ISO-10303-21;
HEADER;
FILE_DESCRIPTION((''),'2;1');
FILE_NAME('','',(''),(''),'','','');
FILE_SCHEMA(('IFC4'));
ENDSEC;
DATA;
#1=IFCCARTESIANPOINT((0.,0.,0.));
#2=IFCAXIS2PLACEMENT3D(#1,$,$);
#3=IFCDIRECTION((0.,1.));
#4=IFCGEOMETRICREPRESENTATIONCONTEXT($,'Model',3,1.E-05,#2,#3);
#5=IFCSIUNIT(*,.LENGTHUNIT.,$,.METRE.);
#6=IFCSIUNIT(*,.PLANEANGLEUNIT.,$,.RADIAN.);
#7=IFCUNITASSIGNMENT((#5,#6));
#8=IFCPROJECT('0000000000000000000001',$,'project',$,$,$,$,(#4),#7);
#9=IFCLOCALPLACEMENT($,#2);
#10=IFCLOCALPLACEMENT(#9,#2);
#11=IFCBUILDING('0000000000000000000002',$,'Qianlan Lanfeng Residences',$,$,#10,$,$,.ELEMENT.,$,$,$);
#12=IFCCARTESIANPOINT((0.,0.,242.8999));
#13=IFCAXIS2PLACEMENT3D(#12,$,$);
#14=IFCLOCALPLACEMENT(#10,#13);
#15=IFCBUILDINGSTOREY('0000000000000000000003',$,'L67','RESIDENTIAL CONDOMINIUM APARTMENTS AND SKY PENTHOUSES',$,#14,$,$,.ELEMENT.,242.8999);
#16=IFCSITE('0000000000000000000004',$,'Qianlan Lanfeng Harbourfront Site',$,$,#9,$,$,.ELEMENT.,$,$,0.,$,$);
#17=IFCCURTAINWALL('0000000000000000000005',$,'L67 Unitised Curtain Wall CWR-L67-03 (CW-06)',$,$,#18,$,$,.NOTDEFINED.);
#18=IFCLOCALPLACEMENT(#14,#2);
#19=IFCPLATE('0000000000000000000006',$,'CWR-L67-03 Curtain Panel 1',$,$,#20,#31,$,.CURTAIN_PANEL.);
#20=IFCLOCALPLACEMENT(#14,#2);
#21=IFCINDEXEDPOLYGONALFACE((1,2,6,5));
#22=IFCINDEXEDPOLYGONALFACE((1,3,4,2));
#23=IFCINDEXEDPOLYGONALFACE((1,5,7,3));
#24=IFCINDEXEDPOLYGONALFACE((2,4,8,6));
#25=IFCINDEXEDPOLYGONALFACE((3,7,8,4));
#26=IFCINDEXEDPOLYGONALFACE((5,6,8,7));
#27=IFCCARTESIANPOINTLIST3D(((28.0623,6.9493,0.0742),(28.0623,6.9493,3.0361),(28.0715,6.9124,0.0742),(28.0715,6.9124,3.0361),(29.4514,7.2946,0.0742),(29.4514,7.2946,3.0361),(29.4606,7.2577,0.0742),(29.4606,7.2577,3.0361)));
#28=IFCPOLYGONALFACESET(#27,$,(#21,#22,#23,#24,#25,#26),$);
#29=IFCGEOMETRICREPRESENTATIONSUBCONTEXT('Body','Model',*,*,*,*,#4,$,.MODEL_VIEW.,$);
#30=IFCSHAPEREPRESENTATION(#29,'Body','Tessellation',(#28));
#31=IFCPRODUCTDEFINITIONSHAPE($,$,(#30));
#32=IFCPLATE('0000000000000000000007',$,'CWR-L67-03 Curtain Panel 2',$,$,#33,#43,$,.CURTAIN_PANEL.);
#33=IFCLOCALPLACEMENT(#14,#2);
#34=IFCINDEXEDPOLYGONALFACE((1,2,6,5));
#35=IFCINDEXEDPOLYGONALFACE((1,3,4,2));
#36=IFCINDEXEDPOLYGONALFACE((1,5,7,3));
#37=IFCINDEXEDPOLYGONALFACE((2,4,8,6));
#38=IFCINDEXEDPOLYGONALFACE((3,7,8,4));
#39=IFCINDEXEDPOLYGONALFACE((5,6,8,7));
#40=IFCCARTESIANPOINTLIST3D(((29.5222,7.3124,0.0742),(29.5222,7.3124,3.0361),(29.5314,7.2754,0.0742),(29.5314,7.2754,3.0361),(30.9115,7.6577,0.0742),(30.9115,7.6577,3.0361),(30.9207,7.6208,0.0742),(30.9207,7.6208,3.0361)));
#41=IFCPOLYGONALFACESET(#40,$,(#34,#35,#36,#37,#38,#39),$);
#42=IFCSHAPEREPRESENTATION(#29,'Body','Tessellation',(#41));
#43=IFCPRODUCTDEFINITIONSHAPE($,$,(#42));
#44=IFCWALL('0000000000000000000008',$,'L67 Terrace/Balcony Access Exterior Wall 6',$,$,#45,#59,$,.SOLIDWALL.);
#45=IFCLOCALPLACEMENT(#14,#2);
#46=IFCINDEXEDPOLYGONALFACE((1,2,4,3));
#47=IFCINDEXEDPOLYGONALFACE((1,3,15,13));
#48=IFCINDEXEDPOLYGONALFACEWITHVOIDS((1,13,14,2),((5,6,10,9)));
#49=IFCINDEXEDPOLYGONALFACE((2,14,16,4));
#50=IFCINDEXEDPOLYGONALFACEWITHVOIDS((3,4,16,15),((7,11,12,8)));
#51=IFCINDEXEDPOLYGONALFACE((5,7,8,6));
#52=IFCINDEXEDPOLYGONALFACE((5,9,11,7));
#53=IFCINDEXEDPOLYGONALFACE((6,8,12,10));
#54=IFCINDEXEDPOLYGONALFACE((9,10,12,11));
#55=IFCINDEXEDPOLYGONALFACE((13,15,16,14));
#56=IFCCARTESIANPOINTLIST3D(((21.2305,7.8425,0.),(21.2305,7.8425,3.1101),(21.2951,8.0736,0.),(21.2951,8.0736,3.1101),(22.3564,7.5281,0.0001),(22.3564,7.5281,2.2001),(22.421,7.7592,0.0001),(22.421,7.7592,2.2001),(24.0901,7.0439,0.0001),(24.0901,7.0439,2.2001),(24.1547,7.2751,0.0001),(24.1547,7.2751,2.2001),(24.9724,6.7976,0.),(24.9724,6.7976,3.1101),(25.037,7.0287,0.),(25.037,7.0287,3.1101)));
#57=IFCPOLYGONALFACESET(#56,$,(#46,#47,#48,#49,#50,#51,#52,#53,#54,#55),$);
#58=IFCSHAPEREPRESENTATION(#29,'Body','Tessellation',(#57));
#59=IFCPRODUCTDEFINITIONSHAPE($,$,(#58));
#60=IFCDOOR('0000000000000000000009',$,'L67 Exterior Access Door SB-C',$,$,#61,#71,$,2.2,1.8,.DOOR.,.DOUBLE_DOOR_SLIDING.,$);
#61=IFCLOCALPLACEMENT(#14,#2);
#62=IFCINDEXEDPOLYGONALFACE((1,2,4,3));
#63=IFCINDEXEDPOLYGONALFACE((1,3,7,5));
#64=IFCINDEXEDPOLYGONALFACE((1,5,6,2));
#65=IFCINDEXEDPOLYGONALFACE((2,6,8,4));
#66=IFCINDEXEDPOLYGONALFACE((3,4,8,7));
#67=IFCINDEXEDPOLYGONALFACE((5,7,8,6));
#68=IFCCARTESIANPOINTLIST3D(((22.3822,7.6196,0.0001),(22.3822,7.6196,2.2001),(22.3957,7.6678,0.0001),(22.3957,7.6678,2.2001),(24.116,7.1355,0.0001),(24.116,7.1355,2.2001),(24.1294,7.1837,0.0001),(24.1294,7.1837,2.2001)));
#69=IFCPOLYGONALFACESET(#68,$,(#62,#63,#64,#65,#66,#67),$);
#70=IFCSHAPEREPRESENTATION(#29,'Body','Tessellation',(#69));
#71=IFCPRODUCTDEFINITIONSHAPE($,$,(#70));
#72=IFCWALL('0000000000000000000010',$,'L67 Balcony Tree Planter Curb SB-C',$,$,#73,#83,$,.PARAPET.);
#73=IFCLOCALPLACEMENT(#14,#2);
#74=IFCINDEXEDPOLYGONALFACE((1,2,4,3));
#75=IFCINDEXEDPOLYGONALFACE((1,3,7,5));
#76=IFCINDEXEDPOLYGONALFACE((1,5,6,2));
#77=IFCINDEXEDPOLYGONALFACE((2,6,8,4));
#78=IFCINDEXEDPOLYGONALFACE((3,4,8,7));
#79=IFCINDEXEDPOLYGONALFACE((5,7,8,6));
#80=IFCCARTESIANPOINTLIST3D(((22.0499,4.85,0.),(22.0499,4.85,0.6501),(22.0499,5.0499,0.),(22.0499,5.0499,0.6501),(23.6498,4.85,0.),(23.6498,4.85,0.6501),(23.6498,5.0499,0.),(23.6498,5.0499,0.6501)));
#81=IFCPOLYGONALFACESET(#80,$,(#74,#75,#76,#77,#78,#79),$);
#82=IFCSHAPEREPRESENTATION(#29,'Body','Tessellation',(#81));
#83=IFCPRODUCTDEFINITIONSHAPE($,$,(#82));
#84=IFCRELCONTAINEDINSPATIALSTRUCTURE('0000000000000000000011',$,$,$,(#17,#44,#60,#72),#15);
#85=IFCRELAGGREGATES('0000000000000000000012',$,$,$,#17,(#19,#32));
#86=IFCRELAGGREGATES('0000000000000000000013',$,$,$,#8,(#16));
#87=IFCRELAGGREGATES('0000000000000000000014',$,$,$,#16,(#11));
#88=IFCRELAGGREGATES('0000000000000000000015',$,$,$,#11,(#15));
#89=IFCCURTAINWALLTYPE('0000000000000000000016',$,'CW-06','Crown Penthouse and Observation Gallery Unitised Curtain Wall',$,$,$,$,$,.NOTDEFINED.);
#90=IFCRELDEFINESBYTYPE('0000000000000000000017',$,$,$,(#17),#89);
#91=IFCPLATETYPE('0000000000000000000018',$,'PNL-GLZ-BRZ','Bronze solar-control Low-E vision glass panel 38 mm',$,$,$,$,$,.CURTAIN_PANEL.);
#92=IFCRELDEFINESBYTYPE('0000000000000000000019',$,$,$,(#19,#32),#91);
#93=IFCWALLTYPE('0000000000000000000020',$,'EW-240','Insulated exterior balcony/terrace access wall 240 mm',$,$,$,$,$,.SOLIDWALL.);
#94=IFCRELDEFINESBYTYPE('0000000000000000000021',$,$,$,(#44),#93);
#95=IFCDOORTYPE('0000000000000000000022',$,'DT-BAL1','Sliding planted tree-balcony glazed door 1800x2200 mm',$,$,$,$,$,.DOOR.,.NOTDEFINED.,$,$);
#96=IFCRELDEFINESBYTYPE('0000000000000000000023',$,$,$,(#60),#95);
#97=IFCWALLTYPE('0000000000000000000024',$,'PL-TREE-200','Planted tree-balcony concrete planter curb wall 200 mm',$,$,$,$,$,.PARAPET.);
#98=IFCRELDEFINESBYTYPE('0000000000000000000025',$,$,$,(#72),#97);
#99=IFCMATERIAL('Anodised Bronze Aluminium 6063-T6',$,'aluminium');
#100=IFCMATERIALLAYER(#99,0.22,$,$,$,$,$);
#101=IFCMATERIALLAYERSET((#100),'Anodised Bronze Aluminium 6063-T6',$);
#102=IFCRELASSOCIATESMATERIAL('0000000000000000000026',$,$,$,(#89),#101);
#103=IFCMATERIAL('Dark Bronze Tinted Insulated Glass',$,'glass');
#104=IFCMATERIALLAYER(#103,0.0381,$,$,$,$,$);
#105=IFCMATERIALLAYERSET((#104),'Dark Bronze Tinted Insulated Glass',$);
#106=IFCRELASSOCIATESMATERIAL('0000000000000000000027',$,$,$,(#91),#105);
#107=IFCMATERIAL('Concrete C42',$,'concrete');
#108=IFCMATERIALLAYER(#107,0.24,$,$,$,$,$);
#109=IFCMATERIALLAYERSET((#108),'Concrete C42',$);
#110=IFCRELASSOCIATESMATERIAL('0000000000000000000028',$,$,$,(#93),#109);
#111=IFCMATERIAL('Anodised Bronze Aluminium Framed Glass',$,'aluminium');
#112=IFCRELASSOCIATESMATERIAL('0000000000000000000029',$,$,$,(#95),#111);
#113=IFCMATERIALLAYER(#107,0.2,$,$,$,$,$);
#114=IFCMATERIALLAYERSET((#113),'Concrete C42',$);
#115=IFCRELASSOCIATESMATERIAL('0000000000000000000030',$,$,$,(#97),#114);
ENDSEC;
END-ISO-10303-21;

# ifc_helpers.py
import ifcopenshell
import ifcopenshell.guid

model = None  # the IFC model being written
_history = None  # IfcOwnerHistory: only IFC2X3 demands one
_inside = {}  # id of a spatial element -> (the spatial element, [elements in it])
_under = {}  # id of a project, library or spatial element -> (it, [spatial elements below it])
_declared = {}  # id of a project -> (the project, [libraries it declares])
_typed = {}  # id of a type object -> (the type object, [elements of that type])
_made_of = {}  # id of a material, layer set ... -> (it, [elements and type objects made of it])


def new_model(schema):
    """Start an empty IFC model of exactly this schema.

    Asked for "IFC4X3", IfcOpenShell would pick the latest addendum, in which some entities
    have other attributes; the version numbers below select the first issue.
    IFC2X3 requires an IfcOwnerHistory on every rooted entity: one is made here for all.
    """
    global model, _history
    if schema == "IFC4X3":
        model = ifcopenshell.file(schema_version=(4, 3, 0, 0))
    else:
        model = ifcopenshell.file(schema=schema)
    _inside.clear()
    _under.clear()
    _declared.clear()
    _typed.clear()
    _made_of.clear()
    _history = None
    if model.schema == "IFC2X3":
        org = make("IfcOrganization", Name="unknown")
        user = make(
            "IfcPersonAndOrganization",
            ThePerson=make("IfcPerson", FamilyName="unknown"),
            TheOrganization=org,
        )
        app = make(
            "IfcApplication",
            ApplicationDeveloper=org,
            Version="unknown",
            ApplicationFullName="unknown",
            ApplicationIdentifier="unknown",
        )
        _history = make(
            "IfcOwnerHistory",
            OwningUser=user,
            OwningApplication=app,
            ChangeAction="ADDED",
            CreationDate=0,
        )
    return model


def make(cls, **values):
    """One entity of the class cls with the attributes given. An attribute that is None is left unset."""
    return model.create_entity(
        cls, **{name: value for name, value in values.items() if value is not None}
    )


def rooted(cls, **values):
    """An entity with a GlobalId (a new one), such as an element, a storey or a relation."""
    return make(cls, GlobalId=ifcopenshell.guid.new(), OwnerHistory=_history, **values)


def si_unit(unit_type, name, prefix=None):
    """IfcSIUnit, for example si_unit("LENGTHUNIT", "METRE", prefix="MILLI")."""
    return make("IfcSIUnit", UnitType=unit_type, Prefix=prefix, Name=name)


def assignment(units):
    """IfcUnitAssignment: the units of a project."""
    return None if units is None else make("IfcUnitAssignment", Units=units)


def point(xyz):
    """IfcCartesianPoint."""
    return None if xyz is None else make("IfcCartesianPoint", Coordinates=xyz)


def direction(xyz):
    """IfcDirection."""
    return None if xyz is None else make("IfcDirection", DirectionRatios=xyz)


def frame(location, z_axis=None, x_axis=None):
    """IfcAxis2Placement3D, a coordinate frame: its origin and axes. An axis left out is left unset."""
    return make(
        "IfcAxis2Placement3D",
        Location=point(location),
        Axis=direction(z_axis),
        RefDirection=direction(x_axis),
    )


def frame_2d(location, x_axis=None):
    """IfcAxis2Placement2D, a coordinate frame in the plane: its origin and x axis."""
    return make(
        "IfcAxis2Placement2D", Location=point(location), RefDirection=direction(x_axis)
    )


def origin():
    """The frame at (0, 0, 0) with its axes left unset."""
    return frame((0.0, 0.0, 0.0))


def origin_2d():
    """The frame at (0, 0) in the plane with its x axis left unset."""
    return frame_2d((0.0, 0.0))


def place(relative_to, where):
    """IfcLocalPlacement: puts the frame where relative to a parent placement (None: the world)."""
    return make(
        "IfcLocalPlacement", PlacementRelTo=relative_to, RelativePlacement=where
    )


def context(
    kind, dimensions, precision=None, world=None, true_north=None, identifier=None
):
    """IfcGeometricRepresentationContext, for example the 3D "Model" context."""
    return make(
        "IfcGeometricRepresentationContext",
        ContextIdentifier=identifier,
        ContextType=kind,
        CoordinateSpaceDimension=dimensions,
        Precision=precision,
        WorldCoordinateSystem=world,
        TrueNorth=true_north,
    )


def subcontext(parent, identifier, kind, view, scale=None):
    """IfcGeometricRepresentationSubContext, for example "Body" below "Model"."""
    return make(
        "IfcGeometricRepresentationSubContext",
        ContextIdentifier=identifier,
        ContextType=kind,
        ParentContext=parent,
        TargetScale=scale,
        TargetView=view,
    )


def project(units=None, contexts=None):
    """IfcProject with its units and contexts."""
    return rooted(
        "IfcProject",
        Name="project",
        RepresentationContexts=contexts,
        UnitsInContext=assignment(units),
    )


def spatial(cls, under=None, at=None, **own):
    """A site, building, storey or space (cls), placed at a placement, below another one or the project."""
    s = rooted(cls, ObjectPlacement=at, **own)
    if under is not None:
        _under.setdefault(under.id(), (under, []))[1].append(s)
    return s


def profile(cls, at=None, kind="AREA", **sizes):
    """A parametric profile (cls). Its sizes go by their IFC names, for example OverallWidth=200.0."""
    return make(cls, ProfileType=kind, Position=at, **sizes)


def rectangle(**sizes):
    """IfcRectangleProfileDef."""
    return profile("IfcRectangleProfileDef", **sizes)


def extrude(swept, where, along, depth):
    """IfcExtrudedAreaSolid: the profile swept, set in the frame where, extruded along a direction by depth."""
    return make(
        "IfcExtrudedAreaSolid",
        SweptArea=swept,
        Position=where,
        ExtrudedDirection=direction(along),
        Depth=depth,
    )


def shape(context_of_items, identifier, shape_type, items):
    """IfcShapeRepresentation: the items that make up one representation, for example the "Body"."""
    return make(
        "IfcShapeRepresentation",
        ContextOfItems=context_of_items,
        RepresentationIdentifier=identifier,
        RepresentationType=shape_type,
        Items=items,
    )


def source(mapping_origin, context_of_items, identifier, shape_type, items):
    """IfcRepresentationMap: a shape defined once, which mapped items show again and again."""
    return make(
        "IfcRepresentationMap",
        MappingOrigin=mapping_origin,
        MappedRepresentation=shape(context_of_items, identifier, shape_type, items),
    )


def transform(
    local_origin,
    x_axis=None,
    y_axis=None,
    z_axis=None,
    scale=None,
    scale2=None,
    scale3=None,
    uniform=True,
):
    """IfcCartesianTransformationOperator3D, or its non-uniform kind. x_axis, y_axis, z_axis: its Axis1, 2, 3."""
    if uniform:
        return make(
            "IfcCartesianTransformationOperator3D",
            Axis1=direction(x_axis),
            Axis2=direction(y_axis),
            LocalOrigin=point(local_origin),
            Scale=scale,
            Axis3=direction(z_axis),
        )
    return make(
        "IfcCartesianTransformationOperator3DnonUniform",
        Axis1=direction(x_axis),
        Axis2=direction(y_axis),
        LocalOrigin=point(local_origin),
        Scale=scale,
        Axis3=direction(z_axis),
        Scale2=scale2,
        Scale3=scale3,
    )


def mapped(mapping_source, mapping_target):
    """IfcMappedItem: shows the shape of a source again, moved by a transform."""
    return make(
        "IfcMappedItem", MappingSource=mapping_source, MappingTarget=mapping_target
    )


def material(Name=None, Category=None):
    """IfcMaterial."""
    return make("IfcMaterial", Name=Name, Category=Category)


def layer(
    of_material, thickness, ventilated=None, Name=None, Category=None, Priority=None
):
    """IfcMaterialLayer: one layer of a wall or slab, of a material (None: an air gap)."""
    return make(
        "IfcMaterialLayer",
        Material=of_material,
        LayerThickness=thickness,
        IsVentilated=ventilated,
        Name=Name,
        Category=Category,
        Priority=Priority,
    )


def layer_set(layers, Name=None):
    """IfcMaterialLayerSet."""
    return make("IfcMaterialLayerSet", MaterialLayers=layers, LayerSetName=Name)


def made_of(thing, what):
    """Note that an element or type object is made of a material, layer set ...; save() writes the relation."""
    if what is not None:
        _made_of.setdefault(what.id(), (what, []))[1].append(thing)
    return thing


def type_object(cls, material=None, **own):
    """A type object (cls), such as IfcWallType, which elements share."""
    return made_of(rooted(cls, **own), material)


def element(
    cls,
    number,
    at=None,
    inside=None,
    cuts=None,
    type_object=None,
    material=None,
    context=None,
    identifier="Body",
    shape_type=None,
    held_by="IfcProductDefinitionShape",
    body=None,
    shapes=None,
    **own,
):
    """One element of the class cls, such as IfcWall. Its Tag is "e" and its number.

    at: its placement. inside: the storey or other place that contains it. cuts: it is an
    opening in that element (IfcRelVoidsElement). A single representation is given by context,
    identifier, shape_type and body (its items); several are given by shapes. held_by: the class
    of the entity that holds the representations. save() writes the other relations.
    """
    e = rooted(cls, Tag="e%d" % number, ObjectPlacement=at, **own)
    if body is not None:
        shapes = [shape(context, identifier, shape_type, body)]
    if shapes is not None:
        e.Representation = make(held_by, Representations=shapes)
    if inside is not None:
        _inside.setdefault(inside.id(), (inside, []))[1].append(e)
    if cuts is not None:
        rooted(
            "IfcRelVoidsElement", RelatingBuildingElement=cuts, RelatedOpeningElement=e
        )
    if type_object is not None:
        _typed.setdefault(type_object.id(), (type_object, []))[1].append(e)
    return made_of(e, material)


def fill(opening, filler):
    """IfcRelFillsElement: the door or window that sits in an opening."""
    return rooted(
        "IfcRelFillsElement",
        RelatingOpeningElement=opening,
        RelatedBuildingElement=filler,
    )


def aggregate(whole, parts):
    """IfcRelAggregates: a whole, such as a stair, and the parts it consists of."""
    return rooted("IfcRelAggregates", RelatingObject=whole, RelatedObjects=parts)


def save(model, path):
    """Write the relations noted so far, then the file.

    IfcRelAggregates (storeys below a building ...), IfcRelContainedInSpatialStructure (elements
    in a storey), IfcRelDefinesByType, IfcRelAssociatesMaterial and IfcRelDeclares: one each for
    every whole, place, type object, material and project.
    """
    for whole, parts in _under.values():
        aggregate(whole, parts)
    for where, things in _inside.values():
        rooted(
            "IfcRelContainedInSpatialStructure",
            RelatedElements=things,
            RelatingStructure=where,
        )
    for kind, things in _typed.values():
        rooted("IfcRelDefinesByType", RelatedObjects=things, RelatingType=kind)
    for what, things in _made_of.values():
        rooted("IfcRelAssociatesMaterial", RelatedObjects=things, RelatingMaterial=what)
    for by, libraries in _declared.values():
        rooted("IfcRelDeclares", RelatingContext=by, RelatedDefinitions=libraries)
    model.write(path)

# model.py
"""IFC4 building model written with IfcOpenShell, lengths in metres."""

from ifc_helpers import new_model, si_unit, direction, frame, frame_2d, origin, origin_2d, place, context, subcontext, project, spatial, rectangle, extrude, source, transform, mapped, material, layer, layer_set, type_object, element, fill, aggregate, save


model = new_model("IFC4")

# Units and contexts
model_context = context("Model", 3, precision=1e-05, world=origin(), true_north=direction((0.0, 1.0)))
body_context = subcontext(model_context, "Body", "Model", "MODEL_VIEW")
ifc_project = project(units=[si_unit("LENGTHUNIT", "METRE"), si_unit("PLANEANGLEUNIT", "RADIAN")], contexts=[model_context])

# Site, building, storey
site_placement = place(None, origin())
site = spatial("IfcSite", under=ifc_project, at=site_placement, Name="Qianlan Lanfeng Harbourfront Site", CompositionType="ELEMENT", RefElevation=0.0)
building_placement = place(site_placement, origin())
building = spatial("IfcBuilding", under=site, at=building_placement, Name="Qianlan Lanfeng Residences", CompositionType="ELEMENT")
storey_placement = place(building_placement, frame((0.0, 0.0, 242.8999)))
storey = spatial("IfcBuildingStorey", under=building, at=storey_placement, Name="L67", Description="RESIDENTIAL CONDOMINIUM APARTMENTS AND SKY PENTHOUSES", CompositionType="ELEMENT", Elevation=242.8999)

# Curtain wall
ifc_material_1 = material(Name="Anodised Bronze Aluminium 6063-T6", Category="aluminium")
ifc_layer_1 = layer(ifc_material_1, 0.22)
ifc_layer_set_1 = layer_set([ifc_layer_1], Name="Anodised Bronze Aluminium 6063-T6")
curtain_wall_type = type_object("IfcCurtainWallType", Name="CW-06", Description="Crown Penthouse and Observation Gallery Unitised Curtain Wall", PredefinedType="NOTDEFINED", material=ifc_layer_set_1)
curtain_wall_1_placement = place(storey_placement, origin())
curtain_wall_1 = element("IfcCurtainWall", 1, at=curtain_wall_1_placement, inside=storey, type_object=curtain_wall_type, Name="L67 Unitised Curtain Wall CWR-L67-03 (CW-06)", PredefinedType="NOTDEFINED")

# Plates
ifc_material_2 = material(Name="Dark Bronze Tinted Insulated Glass", Category="glass")
ifc_layer_2 = layer(ifc_material_2, 0.0381)
ifc_layer_set_2 = layer_set([ifc_layer_2], Name="Dark Bronze Tinted Insulated Glass")
plate_type_1 = type_object("IfcPlateType", Name="PNL-GLZ-BRZ", Description="Bronze solar-control Low-E vision glass panel 38 mm", PredefinedType="CURTAIN_PANEL", material=ifc_layer_set_2)
shared_shape_1 = source(origin(), body_context, "Body", "SweptSolid", [
    extrude(rectangle(XDim=1.4314, YDim=0.0381, at=origin_2d()), origin(), (0.0, 0.0, 1.0), 2.9619),
])
plate_1_placement = place(storey_placement, frame((28.7615, 7.1035, 0.0742), z_axis=(0.0, 0.0, 1.0), x_axis=(0.970466, 0.241238, 0.0)))
plate_1 = element("IfcPlate", 2, at=plate_1_placement, type_object=plate_type_1, Name="CWR-L67-03 Curtain Panel 1", PredefinedType="CURTAIN_PANEL", context=body_context, shape_type="MappedRepresentation", body=[
    mapped(shared_shape_1, transform((0.0, 0.0, 0.0), scale=1.0)),
])
shared_shape_2 = source(origin(), body_context, "Body", "SweptSolid", [
    extrude(rectangle(XDim=1.4316, YDim=0.0381, at=origin_2d()), origin(), (0.0, 0.0, 1.0), 2.9619),
])
plate_2_placement = place(storey_placement, frame((30.2214, 7.4666, 0.0742), z_axis=(0.0, 0.0, 1.0), x_axis=(0.970466, 0.241238, 0.0)))
plate_2 = element("IfcPlate", 3, at=plate_2_placement, type_object=plate_type_1, Name="CWR-L67-03 Curtain Panel 2", PredefinedType="CURTAIN_PANEL", context=body_context, shape_type="MappedRepresentation", body=[
    mapped(shared_shape_2, transform((0.0, 0.0, 0.0), scale=1.0)),
])
aggregate(curtain_wall_1, [plate_1, plate_2])

# Wall, opening, door
ifc_material_3 = material(Name="Concrete C42", Category="concrete")
ifc_layer_3 = layer(ifc_material_3, 0.24)
ifc_layer_set_3 = layer_set([ifc_layer_3], Name="Concrete C42")
wall_type_1 = type_object("IfcWallType", Name="EW-240", Description="Insulated exterior balcony/terrace access wall 240 mm", PredefinedType="SOLIDWALL", material=ifc_layer_set_3)
wall_1_placement = place(storey_placement, frame((21.2629, 7.958, 0.0), z_axis=(0.0, 0.0, 1.0), x_axis=(0.963152, -0.268956, 0.0)))
wall_1 = element("IfcWall", 4, at=wall_1_placement, inside=storey, type_object=wall_type_1, Name="L67 Terrace/Balcony Access Exterior Wall 6", PredefinedType="SOLIDWALL", context=body_context, shape_type="SweptSolid", body=[
    extrude(rectangle(XDim=3.885, YDim=0.24, at=frame_2d((1.9424, 0.0))), origin(), (0.0, 0.0, 1.0), 3.1101),
])
opening_1_placement = place(wall_1_placement, frame((1.1689, 0.0, 0.0)))
opening_1 = element("IfcOpeningElement", 5, at=opening_1_placement, cuts=wall_1, PredefinedType="OPENING", context=body_context, shape_type="SweptSolid", body=[
    extrude(rectangle(XDim=1.8, YDim=2.2, at=frame_2d((0.8999, 1.1001))), frame((0.0, 0.1299, 0.0), z_axis=(0.0, -1.0, 0.0), x_axis=(1.0, 0.0, 0.0)), (0.0, 0.0, 1.0), 0.26),
])
ifc_material_4 = material(Name="Anodised Bronze Aluminium Framed Glass", Category="aluminium")
door_type_1 = type_object("IfcDoorType", Name="DT-BAL1", Description="Sliding planted tree-balcony glazed door 1800x2200 mm", OperationType="NOTDEFINED", PredefinedType="DOOR", material=ifc_material_4)
door_1_placement = place(opening_1_placement, frame((1.8, 0.0, 0.0), z_axis=(0.0, 0.0, 1.0), x_axis=(-1.0, 0.0, 0.0)))
door_1 = element("IfcDoor", 6, at=door_1_placement, inside=storey, type_object=door_type_1, Name="L67 Exterior Access Door SB-C", OperationType="DOUBLE_DOOR_SLIDING", OverallHeight=2.2, OverallWidth=1.8, PredefinedType="DOOR", context=body_context, shape_type="SweptSolid", body=[
    extrude(rectangle(XDim=1.8, YDim=2.2, at=frame_2d((0.8999, 1.1001))), frame((0.0, 0.0249, 0.0), z_axis=(0.0, -1.0, 0.0), x_axis=(1.0, 0.0, 0.0)), (0.0, 0.0, 1.0), 0.05),
])
fill(opening_1, door_1)

# Wall
ifc_layer_4 = layer(ifc_material_3, 0.2)
ifc_layer_set_4 = layer_set([ifc_layer_4], Name="Concrete C42")
wall_type_2 = type_object("IfcWallType", Name="PL-TREE-200", Description="Planted tree-balcony concrete planter curb wall 200 mm", PredefinedType="PARAPET", material=ifc_layer_set_4)
wall_2_placement = place(storey_placement, frame((22.05, 4.95, 0.0), z_axis=(0.0, 0.0, 1.0), x_axis=(1.0, 0.0, 0.0)))
element("IfcWall", 7, at=wall_2_placement, inside=storey, type_object=wall_type_2, Name="L67 Balcony Tree Planter Curb SB-C", PredefinedType="PARAPET", context=body_context, shape_type="SweptSolid", body=[
    extrude(rectangle(XDim=1.5999, YDim=0.2, at=frame_2d((0.7998, 0.0))), origin(), (0.0, 0.0, 1.0), 0.6501),
])

save(model, "model.ifc")
